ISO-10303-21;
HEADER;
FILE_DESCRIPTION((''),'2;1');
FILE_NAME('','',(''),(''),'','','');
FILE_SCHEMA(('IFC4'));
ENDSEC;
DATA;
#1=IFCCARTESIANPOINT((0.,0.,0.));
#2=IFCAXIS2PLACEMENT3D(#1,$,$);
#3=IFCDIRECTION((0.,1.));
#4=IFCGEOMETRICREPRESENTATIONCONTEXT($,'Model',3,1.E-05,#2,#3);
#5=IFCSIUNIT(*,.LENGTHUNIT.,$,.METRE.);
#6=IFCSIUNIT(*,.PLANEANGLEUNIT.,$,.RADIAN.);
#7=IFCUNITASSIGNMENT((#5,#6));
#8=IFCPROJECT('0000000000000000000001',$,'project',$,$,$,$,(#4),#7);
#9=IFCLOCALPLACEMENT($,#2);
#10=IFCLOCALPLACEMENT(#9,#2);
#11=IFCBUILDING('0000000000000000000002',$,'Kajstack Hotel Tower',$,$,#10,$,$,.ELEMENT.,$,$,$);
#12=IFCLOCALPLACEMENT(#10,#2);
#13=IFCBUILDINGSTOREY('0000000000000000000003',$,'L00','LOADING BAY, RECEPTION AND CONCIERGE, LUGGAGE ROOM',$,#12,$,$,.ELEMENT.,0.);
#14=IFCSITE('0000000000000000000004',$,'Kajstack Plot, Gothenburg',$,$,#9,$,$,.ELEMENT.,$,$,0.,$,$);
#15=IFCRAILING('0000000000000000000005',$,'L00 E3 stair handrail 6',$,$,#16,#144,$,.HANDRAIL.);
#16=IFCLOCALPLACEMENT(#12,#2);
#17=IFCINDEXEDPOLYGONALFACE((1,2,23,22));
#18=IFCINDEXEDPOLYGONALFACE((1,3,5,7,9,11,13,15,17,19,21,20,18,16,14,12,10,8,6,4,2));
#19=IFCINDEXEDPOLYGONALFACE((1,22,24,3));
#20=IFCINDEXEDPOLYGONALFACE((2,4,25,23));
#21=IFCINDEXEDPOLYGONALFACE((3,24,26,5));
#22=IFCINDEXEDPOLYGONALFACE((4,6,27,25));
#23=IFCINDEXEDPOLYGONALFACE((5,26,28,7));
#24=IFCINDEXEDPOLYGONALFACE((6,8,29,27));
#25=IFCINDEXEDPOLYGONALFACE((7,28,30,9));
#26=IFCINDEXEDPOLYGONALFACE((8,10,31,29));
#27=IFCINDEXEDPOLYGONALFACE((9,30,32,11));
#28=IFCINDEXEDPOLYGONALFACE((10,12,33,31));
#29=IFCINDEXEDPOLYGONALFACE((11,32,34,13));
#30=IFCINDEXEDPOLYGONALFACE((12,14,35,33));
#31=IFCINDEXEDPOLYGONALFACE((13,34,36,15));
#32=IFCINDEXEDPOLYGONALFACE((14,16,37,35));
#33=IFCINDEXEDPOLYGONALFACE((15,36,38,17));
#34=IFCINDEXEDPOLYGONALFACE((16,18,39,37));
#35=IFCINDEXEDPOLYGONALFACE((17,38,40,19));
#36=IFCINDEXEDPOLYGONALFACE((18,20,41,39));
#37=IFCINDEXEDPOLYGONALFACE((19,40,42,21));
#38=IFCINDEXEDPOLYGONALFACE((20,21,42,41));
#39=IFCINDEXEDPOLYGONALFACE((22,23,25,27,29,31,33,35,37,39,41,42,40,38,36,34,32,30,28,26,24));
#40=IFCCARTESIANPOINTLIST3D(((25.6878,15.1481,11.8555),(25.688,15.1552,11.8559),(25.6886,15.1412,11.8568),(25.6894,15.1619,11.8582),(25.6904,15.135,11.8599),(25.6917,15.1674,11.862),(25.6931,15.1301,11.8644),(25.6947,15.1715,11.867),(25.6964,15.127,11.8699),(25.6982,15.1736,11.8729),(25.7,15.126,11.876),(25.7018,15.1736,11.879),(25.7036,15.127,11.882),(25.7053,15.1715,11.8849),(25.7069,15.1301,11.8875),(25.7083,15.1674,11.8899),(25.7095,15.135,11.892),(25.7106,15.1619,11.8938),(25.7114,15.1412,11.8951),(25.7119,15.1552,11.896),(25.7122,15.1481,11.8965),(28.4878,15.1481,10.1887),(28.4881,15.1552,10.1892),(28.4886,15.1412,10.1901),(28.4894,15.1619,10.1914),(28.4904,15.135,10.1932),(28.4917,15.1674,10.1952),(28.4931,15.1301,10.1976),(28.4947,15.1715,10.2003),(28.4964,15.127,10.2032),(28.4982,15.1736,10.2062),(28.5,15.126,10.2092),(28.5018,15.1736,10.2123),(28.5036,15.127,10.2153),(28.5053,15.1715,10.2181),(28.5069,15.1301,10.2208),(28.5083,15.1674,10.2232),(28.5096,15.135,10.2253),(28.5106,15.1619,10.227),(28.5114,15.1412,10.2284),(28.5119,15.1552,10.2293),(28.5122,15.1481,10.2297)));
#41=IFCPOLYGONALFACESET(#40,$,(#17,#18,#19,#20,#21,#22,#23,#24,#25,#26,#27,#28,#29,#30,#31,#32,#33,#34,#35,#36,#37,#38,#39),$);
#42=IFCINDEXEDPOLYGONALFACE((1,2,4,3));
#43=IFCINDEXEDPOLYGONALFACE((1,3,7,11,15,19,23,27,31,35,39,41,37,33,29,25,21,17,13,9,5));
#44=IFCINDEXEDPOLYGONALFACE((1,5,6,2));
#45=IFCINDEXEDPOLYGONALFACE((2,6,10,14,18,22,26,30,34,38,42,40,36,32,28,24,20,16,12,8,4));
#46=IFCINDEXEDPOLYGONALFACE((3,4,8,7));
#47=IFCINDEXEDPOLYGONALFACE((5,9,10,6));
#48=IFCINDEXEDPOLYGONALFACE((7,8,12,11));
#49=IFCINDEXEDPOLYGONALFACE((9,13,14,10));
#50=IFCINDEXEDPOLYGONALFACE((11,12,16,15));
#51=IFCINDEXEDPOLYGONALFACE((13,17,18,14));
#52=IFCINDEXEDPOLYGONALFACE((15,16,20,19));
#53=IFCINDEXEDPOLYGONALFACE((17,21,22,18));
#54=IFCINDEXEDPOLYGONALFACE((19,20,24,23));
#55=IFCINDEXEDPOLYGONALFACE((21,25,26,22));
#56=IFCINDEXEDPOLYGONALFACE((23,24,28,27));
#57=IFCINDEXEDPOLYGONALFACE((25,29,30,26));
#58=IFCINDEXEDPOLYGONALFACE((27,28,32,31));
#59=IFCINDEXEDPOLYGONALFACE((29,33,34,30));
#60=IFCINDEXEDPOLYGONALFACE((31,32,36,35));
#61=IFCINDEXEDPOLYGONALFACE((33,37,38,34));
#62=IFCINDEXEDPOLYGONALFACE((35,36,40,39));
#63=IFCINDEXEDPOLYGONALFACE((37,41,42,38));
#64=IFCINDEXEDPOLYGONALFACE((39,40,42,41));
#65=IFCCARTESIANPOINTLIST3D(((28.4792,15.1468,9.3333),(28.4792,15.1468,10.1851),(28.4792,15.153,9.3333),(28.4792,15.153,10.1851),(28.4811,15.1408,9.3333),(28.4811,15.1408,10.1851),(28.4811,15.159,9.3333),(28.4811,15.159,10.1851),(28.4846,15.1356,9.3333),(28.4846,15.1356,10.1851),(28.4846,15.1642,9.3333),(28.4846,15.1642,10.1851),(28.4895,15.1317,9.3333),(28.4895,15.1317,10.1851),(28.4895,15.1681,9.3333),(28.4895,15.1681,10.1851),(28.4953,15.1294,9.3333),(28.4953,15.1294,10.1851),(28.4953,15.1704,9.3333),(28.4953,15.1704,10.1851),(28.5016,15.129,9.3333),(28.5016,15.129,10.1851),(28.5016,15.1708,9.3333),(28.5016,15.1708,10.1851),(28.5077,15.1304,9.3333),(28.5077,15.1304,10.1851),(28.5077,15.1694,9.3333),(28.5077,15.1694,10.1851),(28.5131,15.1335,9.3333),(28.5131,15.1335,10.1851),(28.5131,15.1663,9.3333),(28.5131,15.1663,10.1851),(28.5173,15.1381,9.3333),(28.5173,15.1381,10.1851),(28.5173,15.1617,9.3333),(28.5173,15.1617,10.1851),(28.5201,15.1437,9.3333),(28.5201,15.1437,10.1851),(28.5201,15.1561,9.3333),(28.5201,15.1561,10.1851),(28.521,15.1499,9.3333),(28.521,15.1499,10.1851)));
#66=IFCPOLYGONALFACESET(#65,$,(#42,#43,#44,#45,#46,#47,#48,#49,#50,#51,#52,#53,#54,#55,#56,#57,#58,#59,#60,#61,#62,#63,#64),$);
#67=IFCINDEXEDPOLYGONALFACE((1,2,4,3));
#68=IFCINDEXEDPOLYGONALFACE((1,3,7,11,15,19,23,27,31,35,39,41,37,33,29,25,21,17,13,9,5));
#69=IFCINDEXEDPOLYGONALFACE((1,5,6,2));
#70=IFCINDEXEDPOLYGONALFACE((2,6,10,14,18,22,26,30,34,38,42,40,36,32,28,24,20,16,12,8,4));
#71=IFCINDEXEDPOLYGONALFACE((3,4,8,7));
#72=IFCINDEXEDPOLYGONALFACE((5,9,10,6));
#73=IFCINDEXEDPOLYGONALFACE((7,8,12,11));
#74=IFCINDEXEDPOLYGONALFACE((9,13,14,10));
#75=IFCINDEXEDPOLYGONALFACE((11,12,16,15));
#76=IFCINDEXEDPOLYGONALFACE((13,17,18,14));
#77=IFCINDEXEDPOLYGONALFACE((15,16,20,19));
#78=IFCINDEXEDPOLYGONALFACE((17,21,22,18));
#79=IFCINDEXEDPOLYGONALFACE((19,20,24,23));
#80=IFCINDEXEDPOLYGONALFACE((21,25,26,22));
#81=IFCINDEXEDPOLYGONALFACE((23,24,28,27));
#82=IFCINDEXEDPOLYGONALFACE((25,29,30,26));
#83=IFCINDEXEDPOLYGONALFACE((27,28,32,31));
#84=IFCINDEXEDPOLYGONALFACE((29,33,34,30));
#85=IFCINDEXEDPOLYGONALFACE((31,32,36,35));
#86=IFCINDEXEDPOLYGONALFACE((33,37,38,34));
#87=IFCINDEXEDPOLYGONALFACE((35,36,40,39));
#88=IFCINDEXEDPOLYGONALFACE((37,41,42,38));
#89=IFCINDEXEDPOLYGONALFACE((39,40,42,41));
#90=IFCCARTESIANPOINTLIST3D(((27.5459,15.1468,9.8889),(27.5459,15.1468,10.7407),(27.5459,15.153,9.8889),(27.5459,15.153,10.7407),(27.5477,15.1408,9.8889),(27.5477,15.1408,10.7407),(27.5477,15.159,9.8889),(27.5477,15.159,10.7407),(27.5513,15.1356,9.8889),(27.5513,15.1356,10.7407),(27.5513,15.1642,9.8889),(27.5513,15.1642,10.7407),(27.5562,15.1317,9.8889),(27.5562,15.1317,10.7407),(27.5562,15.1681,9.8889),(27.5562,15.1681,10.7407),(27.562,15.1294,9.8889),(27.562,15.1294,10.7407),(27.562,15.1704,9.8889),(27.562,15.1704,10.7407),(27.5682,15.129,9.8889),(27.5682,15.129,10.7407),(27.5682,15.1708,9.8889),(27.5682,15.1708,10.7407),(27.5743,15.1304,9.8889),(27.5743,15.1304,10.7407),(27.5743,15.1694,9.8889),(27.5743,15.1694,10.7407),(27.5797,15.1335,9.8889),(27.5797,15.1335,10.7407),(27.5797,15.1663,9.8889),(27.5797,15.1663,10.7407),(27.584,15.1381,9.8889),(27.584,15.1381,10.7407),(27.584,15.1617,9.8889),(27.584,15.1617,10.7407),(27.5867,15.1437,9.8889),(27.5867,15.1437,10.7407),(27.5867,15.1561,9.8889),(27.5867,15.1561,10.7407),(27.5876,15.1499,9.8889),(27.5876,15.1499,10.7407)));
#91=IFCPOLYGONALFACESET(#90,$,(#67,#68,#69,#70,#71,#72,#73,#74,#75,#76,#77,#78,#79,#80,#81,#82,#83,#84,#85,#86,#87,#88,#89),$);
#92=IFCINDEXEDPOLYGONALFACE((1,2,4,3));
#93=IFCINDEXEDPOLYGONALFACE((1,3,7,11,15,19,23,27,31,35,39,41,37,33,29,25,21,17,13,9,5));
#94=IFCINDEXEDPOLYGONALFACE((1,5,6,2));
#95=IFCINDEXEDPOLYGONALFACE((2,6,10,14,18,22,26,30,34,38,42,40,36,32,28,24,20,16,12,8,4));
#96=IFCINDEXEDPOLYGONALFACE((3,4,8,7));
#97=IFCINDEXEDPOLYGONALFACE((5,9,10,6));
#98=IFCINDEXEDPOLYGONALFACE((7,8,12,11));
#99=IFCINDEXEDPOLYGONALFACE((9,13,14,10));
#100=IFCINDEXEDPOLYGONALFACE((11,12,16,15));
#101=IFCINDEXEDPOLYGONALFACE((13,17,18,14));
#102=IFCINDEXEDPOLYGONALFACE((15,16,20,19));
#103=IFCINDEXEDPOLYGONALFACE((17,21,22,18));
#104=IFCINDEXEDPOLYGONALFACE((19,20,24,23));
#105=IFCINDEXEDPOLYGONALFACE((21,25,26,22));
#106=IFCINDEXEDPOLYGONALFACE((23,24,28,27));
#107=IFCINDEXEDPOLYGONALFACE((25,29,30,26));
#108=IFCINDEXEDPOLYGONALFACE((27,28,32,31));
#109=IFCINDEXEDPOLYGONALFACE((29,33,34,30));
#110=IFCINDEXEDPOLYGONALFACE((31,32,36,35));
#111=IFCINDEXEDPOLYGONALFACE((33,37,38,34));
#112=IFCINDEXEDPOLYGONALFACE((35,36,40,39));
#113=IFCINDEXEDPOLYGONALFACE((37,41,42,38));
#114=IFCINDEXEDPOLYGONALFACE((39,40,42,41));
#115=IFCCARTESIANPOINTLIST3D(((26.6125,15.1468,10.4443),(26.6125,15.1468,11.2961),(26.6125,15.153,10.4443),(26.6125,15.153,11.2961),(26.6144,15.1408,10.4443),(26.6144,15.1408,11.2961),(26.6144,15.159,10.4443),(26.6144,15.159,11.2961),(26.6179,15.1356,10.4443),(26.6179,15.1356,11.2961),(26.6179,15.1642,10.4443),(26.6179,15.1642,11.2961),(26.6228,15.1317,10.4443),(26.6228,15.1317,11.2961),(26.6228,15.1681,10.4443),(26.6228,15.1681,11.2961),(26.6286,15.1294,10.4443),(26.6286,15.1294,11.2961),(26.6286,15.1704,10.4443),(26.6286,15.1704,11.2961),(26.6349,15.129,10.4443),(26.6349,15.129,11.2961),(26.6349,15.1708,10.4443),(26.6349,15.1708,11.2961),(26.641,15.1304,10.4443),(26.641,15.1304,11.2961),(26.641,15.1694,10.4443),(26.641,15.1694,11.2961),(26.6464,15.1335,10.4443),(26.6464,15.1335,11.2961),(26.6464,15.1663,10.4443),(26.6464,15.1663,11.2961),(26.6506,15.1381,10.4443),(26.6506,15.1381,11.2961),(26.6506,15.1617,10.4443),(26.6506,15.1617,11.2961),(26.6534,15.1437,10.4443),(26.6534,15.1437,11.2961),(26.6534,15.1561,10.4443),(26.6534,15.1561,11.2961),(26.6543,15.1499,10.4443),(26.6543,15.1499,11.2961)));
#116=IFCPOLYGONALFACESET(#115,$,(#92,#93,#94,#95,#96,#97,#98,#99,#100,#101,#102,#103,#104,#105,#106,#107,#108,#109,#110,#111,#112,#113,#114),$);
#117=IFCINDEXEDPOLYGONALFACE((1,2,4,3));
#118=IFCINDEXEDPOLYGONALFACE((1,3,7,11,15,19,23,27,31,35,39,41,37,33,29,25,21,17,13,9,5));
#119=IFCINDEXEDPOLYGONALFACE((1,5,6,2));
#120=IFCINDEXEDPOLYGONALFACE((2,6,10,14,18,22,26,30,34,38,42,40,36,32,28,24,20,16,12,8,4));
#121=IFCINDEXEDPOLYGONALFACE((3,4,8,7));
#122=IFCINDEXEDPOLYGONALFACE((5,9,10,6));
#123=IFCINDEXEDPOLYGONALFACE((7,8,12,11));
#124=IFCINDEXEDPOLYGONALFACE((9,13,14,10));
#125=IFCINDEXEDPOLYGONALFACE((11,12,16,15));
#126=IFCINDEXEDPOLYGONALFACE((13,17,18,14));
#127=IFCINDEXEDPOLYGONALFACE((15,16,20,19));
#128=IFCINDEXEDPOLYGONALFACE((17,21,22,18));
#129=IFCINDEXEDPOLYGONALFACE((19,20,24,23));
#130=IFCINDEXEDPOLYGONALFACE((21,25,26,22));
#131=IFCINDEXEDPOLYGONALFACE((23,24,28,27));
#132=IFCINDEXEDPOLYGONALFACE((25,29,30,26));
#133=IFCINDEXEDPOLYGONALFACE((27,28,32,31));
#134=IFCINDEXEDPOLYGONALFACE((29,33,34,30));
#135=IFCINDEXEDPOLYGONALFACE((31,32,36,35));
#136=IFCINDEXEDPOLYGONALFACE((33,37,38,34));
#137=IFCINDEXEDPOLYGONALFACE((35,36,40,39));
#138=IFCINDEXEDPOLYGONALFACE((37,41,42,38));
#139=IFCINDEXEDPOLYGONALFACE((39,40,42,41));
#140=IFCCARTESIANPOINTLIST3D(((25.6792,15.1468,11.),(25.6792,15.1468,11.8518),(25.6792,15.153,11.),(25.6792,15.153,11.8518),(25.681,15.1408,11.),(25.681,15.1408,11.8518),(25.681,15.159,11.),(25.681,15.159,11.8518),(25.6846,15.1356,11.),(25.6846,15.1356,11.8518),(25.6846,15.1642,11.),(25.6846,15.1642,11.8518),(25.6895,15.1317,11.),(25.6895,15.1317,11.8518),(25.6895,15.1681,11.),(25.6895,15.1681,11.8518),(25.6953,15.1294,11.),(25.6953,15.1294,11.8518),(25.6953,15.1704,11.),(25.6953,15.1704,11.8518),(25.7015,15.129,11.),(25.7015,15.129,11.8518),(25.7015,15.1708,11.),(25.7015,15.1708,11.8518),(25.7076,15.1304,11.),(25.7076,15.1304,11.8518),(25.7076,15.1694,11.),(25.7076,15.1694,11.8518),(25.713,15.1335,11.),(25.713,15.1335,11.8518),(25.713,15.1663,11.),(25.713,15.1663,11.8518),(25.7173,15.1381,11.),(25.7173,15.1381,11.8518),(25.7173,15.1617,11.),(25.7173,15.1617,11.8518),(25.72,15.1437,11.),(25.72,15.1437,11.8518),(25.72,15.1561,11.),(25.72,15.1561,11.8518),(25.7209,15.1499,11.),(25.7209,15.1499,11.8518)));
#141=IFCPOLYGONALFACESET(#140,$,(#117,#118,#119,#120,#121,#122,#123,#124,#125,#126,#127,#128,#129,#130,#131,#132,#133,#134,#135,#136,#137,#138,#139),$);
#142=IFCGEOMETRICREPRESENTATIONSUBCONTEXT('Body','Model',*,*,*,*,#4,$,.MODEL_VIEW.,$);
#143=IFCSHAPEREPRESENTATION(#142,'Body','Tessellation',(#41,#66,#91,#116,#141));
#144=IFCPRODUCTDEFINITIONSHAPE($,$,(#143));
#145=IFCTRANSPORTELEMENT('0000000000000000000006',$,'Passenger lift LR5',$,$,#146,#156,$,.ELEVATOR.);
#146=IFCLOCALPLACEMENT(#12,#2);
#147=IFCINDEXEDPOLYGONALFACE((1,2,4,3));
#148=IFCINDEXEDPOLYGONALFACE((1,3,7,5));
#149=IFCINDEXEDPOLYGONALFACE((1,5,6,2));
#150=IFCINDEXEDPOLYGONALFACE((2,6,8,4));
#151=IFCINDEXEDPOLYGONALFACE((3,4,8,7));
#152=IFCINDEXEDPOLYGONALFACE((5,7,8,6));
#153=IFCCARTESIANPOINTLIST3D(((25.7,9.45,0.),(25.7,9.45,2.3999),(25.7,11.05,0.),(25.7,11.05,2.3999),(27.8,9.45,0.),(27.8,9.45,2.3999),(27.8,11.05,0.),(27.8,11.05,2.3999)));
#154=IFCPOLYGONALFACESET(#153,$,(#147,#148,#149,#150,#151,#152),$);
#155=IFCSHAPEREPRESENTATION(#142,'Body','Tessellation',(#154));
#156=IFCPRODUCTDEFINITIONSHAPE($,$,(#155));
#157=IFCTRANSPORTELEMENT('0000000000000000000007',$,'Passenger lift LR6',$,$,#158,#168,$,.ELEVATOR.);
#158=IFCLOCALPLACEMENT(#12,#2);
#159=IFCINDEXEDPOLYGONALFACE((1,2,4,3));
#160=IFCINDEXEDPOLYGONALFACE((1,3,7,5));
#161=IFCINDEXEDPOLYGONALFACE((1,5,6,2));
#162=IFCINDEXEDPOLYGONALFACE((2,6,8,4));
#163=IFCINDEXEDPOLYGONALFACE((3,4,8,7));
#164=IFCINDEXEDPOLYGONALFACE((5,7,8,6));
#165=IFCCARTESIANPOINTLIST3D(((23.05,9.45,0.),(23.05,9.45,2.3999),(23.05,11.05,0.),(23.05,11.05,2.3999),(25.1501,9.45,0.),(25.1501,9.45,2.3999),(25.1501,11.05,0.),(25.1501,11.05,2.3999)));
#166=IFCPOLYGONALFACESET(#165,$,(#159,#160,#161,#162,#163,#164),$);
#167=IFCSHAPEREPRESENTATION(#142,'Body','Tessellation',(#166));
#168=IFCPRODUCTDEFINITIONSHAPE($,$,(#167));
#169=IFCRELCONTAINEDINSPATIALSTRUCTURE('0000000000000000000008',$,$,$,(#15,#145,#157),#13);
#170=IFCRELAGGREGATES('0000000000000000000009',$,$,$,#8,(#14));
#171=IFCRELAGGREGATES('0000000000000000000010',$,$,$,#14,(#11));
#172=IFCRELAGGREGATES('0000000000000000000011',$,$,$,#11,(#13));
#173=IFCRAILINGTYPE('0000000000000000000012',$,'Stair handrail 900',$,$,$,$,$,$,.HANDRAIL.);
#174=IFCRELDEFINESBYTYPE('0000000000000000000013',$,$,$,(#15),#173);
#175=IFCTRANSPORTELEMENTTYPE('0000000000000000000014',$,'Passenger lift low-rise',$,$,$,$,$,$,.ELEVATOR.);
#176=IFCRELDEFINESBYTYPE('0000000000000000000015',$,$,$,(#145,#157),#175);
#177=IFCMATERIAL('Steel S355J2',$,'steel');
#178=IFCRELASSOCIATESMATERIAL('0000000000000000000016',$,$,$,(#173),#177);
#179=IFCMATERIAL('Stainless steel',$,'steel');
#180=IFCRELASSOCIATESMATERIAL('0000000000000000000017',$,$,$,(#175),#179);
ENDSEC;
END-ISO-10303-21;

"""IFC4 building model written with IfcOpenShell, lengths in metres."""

from ifc_helpers import new_model, si_unit, direction, frame, origin, origin_2d, place, context, subcontext, project, spatial, rectangle, circle, extrude, material, type_object, element, save


model = new_model("IFC4")

# Units and contexts
model_context = context("Model", 3, precision=1e-05, world=origin(), true_north=direction((0.0, 1.0)))
body_context = subcontext(model_context, "Body", "Model", "MODEL_VIEW")
ifc_project = project(units=[si_unit("LENGTHUNIT", "METRE"), si_unit("PLANEANGLEUNIT", "RADIAN")], contexts=[model_context])

# Site, building, storey
site_placement = place(None, origin())
site = spatial("IfcSite", under=ifc_project, at=site_placement, Name="Kajstack Plot, Gothenburg", CompositionType="ELEMENT", RefElevation=0.0)
building_placement = place(site_placement, origin())
building = spatial("IfcBuilding", under=site, at=building_placement, Name="Kajstack Hotel Tower", CompositionType="ELEMENT")
storey_placement = place(building_placement, origin())
storey = spatial("IfcBuildingStorey", under=building, at=storey_placement, Name="L00", Description="LOADING BAY, RECEPTION AND CONCIERGE, LUGGAGE ROOM", CompositionType="ELEMENT", Elevation=0.0)

# Railing
ifc_material_1 = material(Name="Steel S355J2", Category="steel")
railing_type_1 = type_object("IfcRailingType", Name="Stair handrail 900", PredefinedType="HANDRAIL", material=ifc_material_1)
railing_1_placement = place(storey_placement, frame((28.5, 15.1499, 9.3333)))
element("IfcRailing", 1, at=railing_1_placement, inside=storey, type_object=railing_type_1, Name="L00 E3 stair handrail 6", PredefinedType="HANDRAIL", context=body_context, shape_type="SweptSolid", body=[
    extrude(circle(Radius=0.0239, at=origin_2d()), frame((0.0, 0.0, 0.876), z_axis=(-0.859286, 0.0, 0.511496), x_axis=(0.0, -1.0, 0.0)), (0.0, 0.0, 1.0), 3.2585),
    extrude(circle(Radius=0.021, at=origin_2d()), origin(), (0.0, 0.0, 1.0), 0.8518),
    extrude(circle(Radius=0.021, at=origin_2d()), frame((-0.9333, 0.0, 0.5557)), (0.0, 0.0, 1.0), 0.8518),
    extrude(circle(Radius=0.021, at=origin_2d()), frame((-1.8667, 0.0, 1.1111)), (0.0, 0.0, 1.0), 0.8518),
    extrude(circle(Radius=0.021, at=origin_2d()), frame((-2.8, 0.0, 1.6667)), (0.0, 0.0, 1.0), 0.8518),
])

# Transport elements
ifc_material_2 = material(Name="Stainless steel", Category="steel")
transport_element_type = type_object("IfcTransportElementType", Name="Passenger lift low-rise", PredefinedType="ELEVATOR", material=ifc_material_2)
for number, where, z_axis, x_axis, name in (
    (2, (26.75, 10.25, 0.0), (0.0, 0.0, 1.0), (1.0, 0.0, 0.0), "Passenger lift LR5"),
    (3, (24.1001, 10.25, 0.0), (0.0, 0.0, 1.0), (1.0, 0.0, 0.0), "Passenger lift LR6"),
):
    element("IfcTransportElement", number, at=place(storey_placement, frame(where, z_axis=z_axis, x_axis=x_axis)), inside=storey, type_object=transport_element_type, Name=name, PredefinedType="ELEVATOR", context=body_context, shape_type="SweptSolid", body=[
        extrude(rectangle(XDim=2.1001, YDim=1.6001, at=origin_2d()), origin(), (0.0, 0.0, 1.0), 2.3999),
    ])

save(model, "model.ifc")
